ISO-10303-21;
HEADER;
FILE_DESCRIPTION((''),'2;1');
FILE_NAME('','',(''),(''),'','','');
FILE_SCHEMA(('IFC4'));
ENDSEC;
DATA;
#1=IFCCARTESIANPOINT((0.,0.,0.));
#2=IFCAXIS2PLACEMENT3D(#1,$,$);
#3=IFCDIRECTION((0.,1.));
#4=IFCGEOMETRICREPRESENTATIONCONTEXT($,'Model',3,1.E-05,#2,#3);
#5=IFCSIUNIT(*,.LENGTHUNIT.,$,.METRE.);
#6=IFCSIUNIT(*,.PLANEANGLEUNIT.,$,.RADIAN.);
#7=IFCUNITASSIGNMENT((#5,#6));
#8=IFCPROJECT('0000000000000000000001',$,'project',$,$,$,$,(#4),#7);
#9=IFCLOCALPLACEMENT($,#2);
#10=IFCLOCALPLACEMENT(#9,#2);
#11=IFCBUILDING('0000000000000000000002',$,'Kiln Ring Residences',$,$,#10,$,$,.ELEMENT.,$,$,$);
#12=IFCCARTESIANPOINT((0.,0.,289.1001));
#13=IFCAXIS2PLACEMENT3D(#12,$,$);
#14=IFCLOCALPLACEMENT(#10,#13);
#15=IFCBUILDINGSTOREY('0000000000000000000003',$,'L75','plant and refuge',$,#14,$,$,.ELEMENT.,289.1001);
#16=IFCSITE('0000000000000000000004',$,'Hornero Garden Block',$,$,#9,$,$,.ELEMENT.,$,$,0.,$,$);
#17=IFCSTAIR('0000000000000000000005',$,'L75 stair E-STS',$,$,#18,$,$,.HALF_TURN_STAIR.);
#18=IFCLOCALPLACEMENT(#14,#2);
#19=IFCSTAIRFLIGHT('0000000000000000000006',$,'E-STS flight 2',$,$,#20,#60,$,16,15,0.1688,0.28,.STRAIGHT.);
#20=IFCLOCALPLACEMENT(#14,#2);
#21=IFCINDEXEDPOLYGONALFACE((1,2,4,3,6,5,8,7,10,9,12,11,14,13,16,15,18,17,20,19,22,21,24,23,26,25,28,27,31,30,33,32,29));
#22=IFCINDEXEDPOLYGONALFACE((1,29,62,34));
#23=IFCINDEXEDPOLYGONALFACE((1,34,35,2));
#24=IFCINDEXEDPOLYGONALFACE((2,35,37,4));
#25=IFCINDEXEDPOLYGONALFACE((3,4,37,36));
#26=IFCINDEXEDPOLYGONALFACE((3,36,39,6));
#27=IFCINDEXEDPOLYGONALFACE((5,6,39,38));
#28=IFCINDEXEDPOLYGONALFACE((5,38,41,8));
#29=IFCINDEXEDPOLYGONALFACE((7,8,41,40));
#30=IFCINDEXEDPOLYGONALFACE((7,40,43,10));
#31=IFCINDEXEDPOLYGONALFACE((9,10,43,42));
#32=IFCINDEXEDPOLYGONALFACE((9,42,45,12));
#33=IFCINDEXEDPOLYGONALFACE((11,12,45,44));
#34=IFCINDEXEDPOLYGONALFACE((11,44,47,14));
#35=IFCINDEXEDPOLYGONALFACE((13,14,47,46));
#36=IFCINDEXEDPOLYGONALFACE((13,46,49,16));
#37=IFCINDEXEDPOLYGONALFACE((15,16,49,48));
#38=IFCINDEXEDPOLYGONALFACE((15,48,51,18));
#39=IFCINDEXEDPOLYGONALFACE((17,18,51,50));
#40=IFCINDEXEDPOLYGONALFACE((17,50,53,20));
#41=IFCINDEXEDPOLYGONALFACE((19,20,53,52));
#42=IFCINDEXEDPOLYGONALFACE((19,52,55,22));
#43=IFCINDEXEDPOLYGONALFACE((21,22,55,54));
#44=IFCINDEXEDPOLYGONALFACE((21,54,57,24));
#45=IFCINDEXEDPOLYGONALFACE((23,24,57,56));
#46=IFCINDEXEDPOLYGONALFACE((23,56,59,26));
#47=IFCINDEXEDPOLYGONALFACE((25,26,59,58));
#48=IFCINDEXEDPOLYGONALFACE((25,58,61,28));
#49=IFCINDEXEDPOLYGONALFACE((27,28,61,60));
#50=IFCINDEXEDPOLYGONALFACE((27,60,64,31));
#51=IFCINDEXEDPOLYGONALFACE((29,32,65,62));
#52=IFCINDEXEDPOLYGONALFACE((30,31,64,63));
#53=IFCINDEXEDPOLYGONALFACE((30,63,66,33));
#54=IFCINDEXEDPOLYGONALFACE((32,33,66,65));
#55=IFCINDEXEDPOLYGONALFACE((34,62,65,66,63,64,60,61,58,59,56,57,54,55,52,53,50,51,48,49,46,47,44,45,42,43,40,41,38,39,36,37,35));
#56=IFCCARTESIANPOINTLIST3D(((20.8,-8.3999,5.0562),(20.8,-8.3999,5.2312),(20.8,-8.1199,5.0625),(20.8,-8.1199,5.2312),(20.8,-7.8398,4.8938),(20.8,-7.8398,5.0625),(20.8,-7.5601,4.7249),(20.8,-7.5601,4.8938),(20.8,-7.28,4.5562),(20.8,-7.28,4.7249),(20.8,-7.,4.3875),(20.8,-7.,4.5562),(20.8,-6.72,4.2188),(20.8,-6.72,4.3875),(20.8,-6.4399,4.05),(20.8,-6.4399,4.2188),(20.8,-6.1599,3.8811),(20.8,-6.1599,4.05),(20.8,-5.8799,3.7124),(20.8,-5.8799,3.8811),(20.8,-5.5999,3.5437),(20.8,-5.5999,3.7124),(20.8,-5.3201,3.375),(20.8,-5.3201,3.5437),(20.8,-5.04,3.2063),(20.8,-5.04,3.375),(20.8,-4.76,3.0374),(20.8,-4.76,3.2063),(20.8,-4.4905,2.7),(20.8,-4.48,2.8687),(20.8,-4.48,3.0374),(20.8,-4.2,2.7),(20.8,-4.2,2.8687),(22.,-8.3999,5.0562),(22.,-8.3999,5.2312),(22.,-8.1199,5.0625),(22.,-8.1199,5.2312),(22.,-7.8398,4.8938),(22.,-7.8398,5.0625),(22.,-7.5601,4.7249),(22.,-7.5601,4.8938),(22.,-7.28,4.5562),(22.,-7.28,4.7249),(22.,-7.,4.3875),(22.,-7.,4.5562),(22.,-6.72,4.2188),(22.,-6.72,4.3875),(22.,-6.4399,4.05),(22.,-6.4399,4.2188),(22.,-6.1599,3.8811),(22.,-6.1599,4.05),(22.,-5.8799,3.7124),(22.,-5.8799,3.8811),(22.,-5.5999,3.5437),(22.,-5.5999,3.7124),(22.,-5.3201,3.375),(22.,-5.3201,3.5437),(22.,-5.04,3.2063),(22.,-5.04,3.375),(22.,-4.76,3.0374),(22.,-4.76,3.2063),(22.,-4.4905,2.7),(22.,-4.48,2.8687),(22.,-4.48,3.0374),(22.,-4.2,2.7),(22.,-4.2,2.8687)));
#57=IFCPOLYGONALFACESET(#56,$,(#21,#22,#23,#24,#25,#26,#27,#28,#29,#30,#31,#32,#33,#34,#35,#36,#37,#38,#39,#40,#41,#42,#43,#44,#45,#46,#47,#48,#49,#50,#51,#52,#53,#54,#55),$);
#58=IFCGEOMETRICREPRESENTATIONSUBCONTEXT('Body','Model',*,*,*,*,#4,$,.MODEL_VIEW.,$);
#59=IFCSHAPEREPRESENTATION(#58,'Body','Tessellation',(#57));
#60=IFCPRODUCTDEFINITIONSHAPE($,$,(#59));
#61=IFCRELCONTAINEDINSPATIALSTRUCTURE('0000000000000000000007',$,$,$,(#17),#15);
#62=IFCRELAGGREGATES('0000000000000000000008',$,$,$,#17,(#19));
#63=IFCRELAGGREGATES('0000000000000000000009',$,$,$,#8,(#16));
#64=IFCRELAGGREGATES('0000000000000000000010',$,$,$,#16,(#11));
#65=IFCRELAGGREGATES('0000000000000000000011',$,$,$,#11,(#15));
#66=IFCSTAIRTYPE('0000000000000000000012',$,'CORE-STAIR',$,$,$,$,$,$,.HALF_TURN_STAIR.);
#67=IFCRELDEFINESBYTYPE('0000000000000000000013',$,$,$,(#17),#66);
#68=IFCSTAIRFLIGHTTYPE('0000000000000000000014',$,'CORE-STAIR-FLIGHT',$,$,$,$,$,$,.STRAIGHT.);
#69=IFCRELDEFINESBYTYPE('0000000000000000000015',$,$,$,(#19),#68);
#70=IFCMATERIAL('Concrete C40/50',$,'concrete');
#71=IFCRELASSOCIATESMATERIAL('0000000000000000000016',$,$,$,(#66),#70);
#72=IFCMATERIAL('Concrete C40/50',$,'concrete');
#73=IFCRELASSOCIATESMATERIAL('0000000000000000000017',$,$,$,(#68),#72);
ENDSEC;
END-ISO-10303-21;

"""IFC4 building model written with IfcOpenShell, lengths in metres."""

from ifc_helpers import new_model, si_unit, direction, frame, origin, place, context, subcontext, project, spatial, polyline, outline, extrude, material, type_object, element, aggregate, save


model = new_model("IFC4")

# Units and contexts
model_context = context("Model", 3, precision=1e-05, world=origin(), true_north=direction((0.0, 1.0)))
body_context = subcontext(model_context, "Body", "Model", "MODEL_VIEW")
ifc_project = project(units=[si_unit("LENGTHUNIT", "METRE"), si_unit("PLANEANGLEUNIT", "RADIAN")], contexts=[model_context])

# Site, building, storey
site_placement = place(None, origin())
site = spatial("IfcSite", under=ifc_project, at=site_placement, Name="Hornero Garden Block", CompositionType="ELEMENT", RefElevation=0.0)
building_placement = place(site_placement, origin())
building = spatial("IfcBuilding", under=site, at=building_placement, Name="Kiln Ring Residences", CompositionType="ELEMENT")
storey_placement = place(building_placement, frame((0.0, 0.0, 289.1001)))
storey = spatial("IfcBuildingStorey", under=building, at=storey_placement, Name="L75", Description="plant and refuge", CompositionType="ELEMENT", Elevation=289.1001)

# Stair, stair flight
ifc_material_1 = material(Name="Concrete C40/50", Category="concrete")
stair_type = type_object("IfcStairType", Name="CORE-STAIR", PredefinedType="HALF_TURN_STAIR", material=ifc_material_1)
stair_placement = place(storey_placement, origin())
stair = element("IfcStair", 1, at=stair_placement, inside=storey, type_object=stair_type, Name="L75 stair E-STS", PredefinedType="HALF_TURN_STAIR")
ifc_material_2 = material(Name="Concrete C40/50", Category="concrete")
stair_flight_type = type_object("IfcStairFlightType", Name="CORE-STAIR-FLIGHT", PredefinedType="STRAIGHT", material=ifc_material_2)
stair_flight_1_placement = place(storey_placement, frame((21.3999, -4.2, 2.7), z_axis=(0.0, 0.0, 1.0), x_axis=(0.0, -1.0, 0.0)))
stair_flight_1 = element("IfcStairFlight", 2, at=stair_flight_1_placement, type_object=stair_flight_type, Name="E-STS flight 2", NumberOfRisers=16, NumberOfTreads=15, PredefinedType="STRAIGHT", RiserHeight=0.1688, TreadLength=0.28, context=body_context, shape_type="SweptSolid", body=[
    extrude(outline(polyline([(0.0, 0.0), (0.0, 0.1687), (0.28, 0.1687), (0.28, 0.3374), (0.5601, 0.3374), (0.5601, 0.5063), (0.8401, 0.5063), (0.8401, 0.675), (1.1201, 0.675), (1.1201, 0.8438), (1.3999, 0.8438), (1.3999, 1.0125), (1.6799, 1.0125), (1.6799, 1.1812), (1.96, 1.1812), (1.96, 1.3501), (2.24, 1.3501), (2.24, 1.5188), (2.52, 1.5188), (2.52, 1.6875), (2.8, 1.6875), (2.8, 1.8562), (3.0801, 1.8562), (3.0801, 2.0249), (3.3601, 2.0249), (3.3601, 2.1938), (3.6399, 2.1938), (3.6399, 2.3625), (3.9199, 2.3625), (3.9199, 2.5312), (4.2, 2.5312), (4.2, 2.7), (4.2, 2.3562), (0.2905, 0.0), (0.0, 0.0)])), frame((0.0, 0.6001, 0.0), z_axis=(0.0, -1.0, 0.0), x_axis=(1.0, 0.0, 0.0)), (0.0, 0.0, 1.0), 1.2),
])
aggregate(stair, [stair_flight_1])

save(model, "model.ifc")
